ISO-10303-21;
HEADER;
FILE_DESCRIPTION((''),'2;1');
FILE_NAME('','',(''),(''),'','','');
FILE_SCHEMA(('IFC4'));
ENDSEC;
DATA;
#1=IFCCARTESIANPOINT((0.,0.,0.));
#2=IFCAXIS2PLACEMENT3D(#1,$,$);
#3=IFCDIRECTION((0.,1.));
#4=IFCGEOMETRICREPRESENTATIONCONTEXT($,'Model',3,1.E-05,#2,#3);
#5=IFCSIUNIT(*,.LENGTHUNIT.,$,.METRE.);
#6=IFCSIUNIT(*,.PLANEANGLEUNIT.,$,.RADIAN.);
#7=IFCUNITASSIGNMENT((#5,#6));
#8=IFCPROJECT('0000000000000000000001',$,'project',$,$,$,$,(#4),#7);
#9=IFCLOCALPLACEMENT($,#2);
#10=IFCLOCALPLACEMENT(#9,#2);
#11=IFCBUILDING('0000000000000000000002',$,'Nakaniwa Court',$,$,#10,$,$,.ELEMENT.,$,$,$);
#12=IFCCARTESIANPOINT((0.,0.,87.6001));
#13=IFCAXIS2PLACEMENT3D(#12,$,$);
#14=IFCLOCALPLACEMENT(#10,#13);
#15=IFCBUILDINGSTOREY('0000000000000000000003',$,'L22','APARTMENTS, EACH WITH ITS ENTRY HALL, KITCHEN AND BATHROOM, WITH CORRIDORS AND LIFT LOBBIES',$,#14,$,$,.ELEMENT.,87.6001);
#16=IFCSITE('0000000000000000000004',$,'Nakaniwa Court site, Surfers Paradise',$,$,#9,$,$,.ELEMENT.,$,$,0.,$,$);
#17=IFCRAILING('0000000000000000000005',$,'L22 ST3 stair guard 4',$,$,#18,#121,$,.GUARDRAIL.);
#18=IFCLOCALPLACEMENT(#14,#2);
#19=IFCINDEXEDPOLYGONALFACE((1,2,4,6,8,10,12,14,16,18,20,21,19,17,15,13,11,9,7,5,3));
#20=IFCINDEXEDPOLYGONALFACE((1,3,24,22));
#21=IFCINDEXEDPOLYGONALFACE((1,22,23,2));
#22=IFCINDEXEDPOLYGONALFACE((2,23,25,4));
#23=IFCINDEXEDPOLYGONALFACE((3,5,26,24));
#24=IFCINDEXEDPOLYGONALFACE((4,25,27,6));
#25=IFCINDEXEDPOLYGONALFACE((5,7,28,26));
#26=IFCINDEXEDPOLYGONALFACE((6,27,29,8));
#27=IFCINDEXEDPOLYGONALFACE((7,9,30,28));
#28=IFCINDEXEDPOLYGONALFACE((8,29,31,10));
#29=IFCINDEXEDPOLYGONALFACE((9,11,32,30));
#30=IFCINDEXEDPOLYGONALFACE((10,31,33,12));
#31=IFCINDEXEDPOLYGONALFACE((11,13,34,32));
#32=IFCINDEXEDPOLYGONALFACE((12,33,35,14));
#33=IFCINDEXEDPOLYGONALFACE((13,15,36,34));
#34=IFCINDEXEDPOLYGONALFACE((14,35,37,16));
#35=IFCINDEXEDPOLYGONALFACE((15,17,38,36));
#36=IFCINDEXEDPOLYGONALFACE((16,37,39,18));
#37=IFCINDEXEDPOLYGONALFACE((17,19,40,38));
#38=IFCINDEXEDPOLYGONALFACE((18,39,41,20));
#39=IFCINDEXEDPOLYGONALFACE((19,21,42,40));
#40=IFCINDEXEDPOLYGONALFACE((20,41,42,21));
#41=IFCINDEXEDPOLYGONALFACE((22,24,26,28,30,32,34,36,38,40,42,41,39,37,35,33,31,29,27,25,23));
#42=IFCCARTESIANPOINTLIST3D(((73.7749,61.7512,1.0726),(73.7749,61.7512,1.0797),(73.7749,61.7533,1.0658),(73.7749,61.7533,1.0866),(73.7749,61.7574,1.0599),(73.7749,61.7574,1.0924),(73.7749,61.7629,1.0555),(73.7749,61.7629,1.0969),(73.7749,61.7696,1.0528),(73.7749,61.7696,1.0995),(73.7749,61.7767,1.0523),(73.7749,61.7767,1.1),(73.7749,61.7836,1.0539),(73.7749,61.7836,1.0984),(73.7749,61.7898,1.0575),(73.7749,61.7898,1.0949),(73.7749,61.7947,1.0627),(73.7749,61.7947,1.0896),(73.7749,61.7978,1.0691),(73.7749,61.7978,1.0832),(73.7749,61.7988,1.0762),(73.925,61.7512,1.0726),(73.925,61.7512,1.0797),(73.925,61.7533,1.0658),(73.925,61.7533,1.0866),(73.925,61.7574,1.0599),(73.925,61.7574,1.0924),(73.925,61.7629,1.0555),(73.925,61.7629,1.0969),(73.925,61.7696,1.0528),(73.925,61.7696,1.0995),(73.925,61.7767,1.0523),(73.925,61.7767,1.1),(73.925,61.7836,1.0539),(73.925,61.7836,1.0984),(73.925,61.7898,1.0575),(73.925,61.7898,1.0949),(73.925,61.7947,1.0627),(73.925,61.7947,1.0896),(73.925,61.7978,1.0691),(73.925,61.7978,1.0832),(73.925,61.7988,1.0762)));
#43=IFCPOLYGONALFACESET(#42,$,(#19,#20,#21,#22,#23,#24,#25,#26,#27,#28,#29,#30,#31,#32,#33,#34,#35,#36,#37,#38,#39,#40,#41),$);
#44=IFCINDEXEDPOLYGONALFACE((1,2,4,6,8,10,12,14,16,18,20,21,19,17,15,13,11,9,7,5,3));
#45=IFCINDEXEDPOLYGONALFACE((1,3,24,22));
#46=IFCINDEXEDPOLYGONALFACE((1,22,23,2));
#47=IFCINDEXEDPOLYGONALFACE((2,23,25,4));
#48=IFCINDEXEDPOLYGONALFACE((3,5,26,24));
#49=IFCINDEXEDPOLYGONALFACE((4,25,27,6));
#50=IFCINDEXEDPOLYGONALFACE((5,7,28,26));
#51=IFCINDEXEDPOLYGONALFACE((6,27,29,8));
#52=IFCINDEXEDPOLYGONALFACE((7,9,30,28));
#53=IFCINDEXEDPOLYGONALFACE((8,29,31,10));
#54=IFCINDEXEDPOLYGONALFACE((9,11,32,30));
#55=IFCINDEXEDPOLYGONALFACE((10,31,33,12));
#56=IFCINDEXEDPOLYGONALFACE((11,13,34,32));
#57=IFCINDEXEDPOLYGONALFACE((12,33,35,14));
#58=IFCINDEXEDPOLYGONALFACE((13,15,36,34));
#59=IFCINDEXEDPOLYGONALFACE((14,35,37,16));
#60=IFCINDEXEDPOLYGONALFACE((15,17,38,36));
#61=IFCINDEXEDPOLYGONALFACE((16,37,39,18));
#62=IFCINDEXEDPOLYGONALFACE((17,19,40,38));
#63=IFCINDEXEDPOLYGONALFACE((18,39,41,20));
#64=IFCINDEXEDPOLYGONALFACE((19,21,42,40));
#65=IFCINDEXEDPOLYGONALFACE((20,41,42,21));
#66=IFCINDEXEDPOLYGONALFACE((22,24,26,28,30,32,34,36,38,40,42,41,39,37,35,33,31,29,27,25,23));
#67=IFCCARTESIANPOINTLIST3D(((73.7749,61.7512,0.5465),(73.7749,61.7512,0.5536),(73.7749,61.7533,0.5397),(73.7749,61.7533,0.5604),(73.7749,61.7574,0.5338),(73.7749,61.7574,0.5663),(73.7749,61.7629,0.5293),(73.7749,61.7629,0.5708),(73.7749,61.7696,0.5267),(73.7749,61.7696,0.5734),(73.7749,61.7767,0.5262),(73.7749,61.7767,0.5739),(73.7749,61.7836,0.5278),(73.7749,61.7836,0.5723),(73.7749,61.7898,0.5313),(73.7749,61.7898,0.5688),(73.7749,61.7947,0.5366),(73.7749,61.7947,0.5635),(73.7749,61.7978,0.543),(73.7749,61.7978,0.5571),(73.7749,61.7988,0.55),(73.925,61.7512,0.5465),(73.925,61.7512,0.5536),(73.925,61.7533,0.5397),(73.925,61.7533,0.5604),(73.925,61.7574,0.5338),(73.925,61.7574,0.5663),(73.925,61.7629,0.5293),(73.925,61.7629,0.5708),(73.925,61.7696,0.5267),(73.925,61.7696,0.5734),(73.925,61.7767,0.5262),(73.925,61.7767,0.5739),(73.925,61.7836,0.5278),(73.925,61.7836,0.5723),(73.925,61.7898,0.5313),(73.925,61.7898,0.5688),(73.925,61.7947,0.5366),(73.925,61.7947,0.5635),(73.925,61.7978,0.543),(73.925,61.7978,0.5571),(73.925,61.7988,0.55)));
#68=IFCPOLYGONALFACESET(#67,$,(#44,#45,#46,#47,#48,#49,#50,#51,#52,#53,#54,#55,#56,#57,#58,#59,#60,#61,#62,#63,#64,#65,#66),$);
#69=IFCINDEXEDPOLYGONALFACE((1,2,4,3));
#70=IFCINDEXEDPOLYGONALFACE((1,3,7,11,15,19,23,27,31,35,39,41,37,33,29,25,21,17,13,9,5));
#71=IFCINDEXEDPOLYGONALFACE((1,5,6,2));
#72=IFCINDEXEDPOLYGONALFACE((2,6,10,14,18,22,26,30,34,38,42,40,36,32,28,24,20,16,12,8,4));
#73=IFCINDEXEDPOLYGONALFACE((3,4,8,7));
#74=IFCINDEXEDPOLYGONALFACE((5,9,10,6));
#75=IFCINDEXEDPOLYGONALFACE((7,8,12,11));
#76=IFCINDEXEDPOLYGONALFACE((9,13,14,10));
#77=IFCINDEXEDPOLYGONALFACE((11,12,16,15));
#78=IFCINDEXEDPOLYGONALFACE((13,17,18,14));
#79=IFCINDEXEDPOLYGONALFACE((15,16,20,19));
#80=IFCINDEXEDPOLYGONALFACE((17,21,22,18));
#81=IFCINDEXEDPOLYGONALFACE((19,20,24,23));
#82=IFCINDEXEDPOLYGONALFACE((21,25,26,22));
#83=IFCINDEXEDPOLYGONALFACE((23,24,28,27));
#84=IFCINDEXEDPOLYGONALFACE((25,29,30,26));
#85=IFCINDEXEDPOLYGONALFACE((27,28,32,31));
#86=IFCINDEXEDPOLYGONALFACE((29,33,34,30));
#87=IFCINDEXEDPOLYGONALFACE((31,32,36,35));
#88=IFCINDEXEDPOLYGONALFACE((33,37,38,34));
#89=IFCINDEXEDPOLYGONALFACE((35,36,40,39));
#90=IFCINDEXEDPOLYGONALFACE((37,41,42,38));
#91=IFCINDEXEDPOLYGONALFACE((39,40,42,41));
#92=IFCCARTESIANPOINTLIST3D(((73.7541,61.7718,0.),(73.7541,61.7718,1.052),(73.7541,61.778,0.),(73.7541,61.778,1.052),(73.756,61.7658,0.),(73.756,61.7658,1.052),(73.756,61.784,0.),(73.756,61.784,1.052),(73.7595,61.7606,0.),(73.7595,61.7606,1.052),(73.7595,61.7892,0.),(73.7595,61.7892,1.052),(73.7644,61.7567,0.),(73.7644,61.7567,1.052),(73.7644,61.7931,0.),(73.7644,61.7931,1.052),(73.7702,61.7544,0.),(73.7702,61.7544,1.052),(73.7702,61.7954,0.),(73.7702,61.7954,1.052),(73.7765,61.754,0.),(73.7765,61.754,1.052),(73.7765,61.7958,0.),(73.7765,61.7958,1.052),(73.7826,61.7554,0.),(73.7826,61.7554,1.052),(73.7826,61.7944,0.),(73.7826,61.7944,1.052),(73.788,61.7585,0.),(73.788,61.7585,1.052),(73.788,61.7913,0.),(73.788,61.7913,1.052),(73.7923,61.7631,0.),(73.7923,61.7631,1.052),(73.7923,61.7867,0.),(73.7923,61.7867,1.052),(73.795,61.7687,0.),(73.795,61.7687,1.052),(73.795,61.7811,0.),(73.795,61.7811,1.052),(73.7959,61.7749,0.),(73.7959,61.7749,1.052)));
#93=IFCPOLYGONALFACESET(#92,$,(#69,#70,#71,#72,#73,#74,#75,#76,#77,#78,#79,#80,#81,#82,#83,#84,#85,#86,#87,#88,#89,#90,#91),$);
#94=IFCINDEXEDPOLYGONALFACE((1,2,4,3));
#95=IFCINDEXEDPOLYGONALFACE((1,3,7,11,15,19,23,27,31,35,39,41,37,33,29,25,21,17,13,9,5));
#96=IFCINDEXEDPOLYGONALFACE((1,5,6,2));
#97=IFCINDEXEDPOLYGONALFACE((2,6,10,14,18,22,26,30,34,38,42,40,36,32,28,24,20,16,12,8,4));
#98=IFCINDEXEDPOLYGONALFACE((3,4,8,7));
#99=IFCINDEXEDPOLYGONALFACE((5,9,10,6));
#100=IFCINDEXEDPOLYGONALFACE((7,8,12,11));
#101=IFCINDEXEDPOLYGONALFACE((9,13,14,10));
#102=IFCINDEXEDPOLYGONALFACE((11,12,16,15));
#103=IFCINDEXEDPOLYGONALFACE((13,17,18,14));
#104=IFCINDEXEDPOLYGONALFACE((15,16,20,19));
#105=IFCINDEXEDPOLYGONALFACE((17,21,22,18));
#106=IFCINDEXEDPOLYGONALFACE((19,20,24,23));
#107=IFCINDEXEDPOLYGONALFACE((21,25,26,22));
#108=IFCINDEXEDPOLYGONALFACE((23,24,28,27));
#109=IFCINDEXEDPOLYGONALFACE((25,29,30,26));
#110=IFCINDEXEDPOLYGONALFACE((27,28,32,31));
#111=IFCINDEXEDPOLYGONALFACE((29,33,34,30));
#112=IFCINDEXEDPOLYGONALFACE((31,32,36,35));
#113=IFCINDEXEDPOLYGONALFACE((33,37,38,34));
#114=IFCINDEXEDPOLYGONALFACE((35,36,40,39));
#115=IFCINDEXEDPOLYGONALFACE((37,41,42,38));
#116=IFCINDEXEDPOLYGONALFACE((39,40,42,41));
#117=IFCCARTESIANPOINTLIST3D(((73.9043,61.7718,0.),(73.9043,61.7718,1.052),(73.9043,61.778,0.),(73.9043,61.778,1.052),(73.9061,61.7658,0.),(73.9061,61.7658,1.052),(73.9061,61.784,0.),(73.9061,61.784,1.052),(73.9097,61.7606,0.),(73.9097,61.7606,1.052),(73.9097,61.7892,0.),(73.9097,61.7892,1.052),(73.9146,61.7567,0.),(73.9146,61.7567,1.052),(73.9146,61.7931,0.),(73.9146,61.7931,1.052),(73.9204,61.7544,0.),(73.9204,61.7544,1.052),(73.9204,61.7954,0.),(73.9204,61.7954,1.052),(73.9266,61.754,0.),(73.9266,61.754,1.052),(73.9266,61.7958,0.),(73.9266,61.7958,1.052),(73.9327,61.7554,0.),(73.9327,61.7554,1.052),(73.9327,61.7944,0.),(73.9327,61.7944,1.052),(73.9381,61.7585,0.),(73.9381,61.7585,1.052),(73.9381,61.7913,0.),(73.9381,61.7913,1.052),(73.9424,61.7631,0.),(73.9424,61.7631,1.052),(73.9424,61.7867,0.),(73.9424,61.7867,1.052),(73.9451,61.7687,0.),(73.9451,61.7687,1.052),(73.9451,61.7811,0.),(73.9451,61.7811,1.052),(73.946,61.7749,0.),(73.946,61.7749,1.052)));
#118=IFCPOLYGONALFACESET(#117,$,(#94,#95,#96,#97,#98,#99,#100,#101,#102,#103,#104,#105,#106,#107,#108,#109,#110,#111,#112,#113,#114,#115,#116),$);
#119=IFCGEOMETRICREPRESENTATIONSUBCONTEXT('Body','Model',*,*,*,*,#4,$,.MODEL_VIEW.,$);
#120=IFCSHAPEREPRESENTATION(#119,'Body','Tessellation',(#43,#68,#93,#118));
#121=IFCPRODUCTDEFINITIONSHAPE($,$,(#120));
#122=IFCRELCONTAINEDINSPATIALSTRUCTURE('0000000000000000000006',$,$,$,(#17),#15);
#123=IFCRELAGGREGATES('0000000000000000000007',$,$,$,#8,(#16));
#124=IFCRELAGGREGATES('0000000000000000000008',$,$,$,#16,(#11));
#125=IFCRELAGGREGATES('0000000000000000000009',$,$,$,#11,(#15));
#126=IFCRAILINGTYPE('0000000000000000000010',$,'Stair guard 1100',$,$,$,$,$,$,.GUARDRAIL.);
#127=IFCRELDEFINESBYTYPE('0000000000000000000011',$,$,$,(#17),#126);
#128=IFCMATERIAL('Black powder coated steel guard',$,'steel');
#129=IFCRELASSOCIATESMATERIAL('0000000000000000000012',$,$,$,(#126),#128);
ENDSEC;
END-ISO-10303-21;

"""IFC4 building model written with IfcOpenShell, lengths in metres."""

from ifc_helpers import new_model, si_unit, direction, frame, origin, origin_2d, place, context, subcontext, project, spatial, circle, extrude, material, type_object, element, save


model = new_model("IFC4")

# Units and contexts
model_context = context("Model", 3, precision=1e-05, world=origin(), true_north=direction((0.0, 1.0)))
body_context = subcontext(model_context, "Body", "Model", "MODEL_VIEW")
ifc_project = project(units=[si_unit("LENGTHUNIT", "METRE"), si_unit("PLANEANGLEUNIT", "RADIAN")], contexts=[model_context])

# Site, building, storey
site_placement = place(None, origin())
site = spatial("IfcSite", under=ifc_project, at=site_placement, Name="Nakaniwa Court site, Surfers Paradise", CompositionType="ELEMENT", RefElevation=0.0)
building_placement = place(site_placement, origin())
building = spatial("IfcBuilding", under=site, at=building_placement, Name="Nakaniwa Court", CompositionType="ELEMENT")
storey_placement = place(building_placement, frame((0.0, 0.0, 87.6001)))
storey = spatial("IfcBuildingStorey", under=building, at=storey_placement, Name="L22", Description="APARTMENTS, EACH WITH ITS ENTRY HALL, KITCHEN AND BATHROOM, WITH CORRIDORS AND LIFT LOBBIES", CompositionType="ELEMENT", Elevation=87.6001)

# Railing
ifc_material_1 = material(Name="Black powder coated steel guard", Category="steel")
railing_type_1 = type_object("IfcRailingType", Name="Stair guard 1100", PredefinedType="GUARDRAIL", material=ifc_material_1)
railing_1_placement = place(storey_placement, frame((73.7749, 61.7749, 0.0)))
element("IfcRailing", 1, at=railing_1_placement, inside=storey, type_object=railing_type_1, Name="L22 ST3 stair guard 4", PredefinedType="GUARDRAIL", context=body_context, shape_type="SweptSolid", body=[
    extrude(circle(Radius=0.0239, at=origin_2d()), frame((0.0, 0.0, 1.0762), z_axis=(1.0, 0.0, 0.0), x_axis=(0.0, 1.0, 0.0)), (0.0, 0.0, 1.0), 0.1501),
    extrude(circle(Radius=0.0239, at=origin_2d()), frame((0.0, 0.0, 0.55), z_axis=(1.0, 0.0, 0.0), x_axis=(0.0, 1.0, 0.0)), (0.0, 0.0, 1.0), 0.1501),
    extrude(circle(Radius=0.021, at=origin_2d()), origin(), (0.0, 0.0, 1.0), 1.052),
    extrude(circle(Radius=0.021, at=origin_2d()), frame((0.1501, 0.0, 0.0)), (0.0, 0.0, 1.0), 1.052),
])

save(model, "model.ifc")
